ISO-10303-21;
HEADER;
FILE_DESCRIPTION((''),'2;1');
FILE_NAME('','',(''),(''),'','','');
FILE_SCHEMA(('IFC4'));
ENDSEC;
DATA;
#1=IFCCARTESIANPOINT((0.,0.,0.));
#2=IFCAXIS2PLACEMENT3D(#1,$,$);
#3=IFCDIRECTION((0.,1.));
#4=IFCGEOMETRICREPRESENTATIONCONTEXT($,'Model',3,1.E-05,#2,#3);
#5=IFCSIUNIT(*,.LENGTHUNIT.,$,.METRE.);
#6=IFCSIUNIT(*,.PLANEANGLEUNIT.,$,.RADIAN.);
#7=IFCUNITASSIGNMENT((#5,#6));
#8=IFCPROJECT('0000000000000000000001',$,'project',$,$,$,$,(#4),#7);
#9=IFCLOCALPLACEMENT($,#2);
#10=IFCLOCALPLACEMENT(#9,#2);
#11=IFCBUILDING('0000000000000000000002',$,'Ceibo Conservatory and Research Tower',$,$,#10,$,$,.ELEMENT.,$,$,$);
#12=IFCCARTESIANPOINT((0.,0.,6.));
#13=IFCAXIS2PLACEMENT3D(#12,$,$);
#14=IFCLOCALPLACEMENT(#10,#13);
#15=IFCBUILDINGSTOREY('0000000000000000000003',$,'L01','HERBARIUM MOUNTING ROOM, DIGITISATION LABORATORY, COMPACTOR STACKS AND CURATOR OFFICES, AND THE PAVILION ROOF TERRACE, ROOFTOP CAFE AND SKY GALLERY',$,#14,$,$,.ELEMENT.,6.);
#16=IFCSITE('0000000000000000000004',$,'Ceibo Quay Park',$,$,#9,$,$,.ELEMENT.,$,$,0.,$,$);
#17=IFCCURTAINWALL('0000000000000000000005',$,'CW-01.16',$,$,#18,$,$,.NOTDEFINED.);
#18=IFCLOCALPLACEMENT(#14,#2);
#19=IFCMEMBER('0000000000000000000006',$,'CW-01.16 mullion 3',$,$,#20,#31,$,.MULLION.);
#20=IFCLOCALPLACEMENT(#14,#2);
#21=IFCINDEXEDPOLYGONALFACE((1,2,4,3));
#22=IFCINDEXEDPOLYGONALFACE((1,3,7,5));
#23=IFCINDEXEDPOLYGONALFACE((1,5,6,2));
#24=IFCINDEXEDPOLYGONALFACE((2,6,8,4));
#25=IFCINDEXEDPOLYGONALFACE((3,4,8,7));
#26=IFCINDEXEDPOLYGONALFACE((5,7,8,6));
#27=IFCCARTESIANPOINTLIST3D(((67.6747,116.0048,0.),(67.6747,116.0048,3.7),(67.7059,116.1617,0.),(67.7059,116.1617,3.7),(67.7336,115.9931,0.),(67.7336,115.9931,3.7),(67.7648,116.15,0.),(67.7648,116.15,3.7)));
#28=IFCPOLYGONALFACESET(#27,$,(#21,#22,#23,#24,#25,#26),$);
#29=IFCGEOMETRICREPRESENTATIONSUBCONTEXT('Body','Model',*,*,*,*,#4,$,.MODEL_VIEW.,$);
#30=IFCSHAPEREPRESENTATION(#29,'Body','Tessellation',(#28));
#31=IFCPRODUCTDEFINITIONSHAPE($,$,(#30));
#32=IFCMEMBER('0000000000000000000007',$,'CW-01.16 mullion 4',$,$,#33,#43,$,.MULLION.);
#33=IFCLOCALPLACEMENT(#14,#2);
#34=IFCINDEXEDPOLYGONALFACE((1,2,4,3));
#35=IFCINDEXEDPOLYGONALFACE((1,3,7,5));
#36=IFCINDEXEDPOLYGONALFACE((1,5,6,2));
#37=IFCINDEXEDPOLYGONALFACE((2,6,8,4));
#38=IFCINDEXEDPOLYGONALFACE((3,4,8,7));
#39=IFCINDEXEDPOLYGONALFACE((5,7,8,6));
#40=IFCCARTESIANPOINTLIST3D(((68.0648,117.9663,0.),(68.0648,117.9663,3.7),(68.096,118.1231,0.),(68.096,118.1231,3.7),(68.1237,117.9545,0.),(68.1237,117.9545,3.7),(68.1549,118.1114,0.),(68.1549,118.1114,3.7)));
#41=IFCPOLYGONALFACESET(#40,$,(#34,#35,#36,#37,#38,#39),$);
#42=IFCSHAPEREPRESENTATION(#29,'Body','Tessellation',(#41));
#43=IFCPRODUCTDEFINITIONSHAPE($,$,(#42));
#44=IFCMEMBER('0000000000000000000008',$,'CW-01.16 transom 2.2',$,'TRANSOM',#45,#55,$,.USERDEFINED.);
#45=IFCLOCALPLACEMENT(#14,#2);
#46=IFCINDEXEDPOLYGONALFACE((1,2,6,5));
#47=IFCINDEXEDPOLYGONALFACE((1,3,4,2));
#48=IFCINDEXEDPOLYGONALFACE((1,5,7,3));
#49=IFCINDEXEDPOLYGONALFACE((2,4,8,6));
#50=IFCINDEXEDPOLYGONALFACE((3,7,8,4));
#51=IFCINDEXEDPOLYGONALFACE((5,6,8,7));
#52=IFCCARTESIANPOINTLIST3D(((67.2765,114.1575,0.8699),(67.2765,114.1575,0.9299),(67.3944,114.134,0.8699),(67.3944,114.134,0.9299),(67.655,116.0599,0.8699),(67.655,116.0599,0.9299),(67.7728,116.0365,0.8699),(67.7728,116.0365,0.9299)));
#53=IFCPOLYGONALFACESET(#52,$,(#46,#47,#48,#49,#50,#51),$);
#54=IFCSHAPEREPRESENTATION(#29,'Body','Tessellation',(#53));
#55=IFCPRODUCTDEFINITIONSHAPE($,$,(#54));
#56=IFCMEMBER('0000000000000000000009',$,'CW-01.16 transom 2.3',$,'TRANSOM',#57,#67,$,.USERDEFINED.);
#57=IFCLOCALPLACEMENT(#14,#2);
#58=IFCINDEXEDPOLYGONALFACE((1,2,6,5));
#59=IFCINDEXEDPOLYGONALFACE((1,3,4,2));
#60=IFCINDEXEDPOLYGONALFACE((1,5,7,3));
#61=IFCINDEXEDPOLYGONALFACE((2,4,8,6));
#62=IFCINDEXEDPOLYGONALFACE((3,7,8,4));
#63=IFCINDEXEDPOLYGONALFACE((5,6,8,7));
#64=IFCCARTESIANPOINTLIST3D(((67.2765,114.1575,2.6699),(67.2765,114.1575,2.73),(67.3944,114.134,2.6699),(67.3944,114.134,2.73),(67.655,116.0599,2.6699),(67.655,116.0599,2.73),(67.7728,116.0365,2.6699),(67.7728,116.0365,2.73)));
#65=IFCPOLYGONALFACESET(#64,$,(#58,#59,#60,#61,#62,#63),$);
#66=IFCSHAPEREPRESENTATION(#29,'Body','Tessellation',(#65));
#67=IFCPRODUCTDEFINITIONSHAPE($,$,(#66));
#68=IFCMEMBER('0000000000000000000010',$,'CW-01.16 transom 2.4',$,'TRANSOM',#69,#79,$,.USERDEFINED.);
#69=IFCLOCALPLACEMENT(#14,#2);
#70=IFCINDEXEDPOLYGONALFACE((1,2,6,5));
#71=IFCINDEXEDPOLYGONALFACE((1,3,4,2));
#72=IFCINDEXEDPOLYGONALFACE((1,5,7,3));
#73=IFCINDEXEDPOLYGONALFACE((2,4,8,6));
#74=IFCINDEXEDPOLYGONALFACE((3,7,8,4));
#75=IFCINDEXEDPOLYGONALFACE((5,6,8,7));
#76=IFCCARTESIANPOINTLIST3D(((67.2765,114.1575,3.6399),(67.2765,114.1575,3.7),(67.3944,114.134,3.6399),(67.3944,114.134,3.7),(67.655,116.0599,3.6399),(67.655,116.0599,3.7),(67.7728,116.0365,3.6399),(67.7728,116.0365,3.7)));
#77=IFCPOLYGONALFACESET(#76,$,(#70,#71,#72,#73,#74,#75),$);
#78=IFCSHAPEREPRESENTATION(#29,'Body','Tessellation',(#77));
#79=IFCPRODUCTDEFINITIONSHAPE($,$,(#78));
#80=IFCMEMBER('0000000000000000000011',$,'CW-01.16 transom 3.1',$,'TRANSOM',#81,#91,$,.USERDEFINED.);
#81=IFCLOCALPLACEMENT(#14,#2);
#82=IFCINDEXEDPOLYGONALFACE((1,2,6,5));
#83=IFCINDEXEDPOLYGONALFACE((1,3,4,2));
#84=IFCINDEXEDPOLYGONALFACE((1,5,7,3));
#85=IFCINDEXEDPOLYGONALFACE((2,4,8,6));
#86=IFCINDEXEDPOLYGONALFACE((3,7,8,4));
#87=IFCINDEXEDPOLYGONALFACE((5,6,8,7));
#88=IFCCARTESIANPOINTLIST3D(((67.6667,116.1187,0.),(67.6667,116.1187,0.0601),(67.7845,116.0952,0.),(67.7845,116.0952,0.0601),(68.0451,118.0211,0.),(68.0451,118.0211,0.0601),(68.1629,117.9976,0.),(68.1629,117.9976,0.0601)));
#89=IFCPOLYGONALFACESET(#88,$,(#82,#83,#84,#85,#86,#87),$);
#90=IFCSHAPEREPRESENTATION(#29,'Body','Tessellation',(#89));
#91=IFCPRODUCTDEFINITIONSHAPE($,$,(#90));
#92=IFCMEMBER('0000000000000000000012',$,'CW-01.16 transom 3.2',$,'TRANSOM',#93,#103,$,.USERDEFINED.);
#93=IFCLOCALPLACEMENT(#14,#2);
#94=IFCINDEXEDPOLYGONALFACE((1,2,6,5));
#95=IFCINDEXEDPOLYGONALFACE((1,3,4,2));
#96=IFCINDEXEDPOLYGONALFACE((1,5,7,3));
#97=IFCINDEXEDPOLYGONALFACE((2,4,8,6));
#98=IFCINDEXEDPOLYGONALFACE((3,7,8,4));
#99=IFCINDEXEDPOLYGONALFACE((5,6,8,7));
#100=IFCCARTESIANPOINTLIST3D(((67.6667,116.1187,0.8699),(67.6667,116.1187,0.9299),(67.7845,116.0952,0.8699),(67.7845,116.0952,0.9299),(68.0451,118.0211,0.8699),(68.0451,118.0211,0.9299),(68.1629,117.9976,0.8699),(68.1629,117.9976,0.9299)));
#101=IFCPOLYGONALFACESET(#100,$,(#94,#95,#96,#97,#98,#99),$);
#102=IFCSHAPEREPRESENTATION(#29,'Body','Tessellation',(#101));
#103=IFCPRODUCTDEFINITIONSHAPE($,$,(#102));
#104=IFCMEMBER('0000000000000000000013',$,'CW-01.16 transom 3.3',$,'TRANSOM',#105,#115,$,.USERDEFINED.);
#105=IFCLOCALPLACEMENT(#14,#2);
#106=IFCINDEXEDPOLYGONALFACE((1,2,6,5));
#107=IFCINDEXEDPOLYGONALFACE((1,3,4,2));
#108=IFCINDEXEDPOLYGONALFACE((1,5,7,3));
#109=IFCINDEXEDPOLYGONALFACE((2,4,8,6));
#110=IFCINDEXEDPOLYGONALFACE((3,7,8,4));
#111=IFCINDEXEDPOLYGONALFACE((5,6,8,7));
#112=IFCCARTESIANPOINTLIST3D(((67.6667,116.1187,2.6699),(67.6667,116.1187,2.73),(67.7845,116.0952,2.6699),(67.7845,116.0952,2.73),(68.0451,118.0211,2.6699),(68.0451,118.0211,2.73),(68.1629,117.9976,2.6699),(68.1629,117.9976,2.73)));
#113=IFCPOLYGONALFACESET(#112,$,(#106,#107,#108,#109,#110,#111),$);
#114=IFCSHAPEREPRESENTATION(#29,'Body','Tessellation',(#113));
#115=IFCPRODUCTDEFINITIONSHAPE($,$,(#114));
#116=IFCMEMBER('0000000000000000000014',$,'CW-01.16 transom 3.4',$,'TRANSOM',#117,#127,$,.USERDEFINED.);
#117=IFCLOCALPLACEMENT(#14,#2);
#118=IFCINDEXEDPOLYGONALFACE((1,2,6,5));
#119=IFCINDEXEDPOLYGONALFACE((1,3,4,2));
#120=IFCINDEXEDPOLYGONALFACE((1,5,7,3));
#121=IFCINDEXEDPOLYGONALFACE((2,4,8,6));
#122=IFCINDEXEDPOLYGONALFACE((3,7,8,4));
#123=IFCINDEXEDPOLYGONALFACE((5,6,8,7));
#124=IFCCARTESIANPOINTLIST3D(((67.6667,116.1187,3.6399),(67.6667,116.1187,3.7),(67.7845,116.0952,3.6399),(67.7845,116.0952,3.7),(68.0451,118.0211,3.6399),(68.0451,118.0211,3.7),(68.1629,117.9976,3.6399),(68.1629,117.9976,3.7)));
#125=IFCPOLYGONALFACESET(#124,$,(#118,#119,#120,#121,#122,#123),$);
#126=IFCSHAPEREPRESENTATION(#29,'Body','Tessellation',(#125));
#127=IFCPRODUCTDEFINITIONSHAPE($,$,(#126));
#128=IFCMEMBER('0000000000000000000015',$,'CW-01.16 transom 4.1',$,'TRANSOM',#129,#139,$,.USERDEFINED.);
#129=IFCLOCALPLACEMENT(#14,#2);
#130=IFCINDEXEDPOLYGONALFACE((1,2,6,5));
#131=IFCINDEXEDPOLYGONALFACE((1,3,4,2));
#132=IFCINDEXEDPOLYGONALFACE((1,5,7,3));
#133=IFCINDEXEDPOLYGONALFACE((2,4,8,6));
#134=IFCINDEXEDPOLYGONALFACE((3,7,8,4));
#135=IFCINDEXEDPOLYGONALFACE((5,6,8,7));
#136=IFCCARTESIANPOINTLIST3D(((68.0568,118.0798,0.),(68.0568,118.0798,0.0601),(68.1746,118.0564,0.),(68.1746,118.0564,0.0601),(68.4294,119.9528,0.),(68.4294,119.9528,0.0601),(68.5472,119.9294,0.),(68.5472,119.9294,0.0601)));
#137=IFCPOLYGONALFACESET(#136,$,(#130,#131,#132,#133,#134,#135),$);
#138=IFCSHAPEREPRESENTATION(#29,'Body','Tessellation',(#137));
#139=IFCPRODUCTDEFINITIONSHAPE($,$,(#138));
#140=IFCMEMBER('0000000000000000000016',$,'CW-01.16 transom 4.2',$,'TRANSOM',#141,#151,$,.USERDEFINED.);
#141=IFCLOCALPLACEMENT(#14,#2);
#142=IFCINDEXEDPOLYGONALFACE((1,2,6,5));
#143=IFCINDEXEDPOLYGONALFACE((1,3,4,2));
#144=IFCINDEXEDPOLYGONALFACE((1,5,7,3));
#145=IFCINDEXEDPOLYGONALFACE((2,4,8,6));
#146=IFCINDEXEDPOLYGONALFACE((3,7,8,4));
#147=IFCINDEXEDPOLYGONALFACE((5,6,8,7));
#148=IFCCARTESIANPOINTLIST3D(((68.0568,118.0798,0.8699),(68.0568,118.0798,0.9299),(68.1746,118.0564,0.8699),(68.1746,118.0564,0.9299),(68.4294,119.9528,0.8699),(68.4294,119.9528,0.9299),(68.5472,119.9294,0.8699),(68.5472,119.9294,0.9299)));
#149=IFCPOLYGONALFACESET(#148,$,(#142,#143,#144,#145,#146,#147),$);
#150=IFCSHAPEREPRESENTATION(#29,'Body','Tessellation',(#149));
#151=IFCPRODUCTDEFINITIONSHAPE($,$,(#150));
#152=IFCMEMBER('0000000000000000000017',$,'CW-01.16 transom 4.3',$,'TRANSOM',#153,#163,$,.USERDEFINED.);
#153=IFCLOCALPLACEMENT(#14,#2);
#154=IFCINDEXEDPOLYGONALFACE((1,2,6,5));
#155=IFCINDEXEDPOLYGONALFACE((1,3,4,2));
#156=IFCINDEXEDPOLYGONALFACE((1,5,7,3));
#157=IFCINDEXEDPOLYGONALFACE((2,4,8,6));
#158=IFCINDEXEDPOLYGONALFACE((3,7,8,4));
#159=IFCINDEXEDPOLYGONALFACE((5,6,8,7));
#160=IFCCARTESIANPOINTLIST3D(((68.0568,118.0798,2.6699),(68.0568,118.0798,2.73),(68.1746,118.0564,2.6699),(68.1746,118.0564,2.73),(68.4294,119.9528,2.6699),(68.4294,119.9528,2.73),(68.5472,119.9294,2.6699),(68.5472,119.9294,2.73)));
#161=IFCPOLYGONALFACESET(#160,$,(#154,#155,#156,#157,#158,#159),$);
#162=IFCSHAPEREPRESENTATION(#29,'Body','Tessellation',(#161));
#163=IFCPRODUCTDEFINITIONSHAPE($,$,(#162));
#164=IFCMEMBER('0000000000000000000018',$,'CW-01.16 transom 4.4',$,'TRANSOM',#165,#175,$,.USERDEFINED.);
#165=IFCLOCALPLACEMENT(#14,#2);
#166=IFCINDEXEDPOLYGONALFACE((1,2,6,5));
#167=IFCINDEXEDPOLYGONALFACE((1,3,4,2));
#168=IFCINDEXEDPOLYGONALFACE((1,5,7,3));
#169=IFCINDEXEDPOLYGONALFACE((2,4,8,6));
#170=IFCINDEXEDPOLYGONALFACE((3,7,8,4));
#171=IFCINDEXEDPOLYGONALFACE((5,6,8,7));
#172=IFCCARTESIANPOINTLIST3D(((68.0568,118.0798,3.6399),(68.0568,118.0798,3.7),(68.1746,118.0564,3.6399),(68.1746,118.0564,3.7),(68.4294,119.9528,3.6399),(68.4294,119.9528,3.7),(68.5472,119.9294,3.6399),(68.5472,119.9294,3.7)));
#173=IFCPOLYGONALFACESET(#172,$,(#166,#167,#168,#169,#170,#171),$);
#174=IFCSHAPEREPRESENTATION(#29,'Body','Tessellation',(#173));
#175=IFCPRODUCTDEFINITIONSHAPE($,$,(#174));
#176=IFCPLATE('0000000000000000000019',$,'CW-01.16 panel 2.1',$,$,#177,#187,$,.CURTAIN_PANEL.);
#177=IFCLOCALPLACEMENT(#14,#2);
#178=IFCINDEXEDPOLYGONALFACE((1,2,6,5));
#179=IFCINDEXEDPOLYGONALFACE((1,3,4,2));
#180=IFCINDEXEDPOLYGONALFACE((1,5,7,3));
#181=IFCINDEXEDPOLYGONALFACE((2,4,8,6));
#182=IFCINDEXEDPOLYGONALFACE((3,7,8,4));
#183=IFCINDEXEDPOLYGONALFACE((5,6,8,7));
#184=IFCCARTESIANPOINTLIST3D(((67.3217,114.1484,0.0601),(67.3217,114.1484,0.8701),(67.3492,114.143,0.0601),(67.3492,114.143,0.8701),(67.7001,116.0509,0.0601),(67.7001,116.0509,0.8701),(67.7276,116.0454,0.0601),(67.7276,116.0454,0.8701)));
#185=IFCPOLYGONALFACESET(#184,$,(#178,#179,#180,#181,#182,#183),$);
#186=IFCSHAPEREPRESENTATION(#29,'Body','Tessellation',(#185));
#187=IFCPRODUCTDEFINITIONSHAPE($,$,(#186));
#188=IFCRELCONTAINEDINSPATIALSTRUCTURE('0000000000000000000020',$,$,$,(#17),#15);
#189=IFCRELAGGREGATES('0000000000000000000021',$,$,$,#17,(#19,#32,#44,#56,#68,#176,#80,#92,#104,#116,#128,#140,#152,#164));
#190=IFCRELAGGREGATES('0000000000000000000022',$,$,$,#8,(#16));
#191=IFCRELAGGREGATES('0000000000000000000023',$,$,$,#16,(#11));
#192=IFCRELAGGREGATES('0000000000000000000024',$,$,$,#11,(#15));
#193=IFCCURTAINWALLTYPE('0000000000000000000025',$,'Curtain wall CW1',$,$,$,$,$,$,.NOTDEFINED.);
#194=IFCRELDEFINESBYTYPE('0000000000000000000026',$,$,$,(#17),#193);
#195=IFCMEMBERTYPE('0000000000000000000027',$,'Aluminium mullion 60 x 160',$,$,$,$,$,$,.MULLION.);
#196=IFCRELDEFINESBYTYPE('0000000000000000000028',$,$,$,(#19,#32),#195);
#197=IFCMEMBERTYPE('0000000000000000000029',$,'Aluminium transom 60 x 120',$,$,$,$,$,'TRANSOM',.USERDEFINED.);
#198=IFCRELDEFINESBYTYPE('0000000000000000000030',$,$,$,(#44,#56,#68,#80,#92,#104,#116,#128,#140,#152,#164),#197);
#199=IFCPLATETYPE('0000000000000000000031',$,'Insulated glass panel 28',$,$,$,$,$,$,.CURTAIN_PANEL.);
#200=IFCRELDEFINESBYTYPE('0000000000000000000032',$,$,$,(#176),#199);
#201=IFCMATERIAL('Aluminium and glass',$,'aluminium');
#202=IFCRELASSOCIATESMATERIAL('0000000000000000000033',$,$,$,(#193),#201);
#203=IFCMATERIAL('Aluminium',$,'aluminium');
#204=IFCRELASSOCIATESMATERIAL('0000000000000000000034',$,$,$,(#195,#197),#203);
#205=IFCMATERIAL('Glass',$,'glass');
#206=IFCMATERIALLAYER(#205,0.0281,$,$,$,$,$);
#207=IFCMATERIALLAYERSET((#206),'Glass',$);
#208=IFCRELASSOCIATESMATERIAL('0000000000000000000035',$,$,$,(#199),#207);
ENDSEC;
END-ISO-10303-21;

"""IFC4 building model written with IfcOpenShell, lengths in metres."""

from ifc_helpers import new_model, si_unit, direction, frame, origin, origin_2d, place, context, subcontext, project, spatial, rectangle, extrude, material, layer, layer_set, material_profile, profile_set, type_object, element, aggregate, save


model = new_model("IFC4")

# Units and contexts
model_context = context("Model", 3, precision=1e-05, world=origin(), true_north=direction((0.0, 1.0)))
body_context = subcontext(model_context, "Body", "Model", "MODEL_VIEW")
ifc_project = project(units=[si_unit("LENGTHUNIT", "METRE"), si_unit("PLANEANGLEUNIT", "RADIAN")], contexts=[model_context])

# Site, building, storey
site_placement = place(None, origin())
site = spatial("IfcSite", under=ifc_project, at=site_placement, Name="Ceibo Quay Park", CompositionType="ELEMENT", RefElevation=0.0)
building_placement = place(site_placement, origin())
building = spatial("IfcBuilding", under=site, at=building_placement, Name="Ceibo Conservatory and Research Tower", CompositionType="ELEMENT")
storey_placement = place(building_placement, frame((0.0, 0.0, 6.0)))
storey = spatial("IfcBuildingStorey", under=building, at=storey_placement, Name="L01", Description="HERBARIUM MOUNTING ROOM, DIGITISATION LABORATORY, COMPACTOR STACKS AND CURATOR OFFICES, AND THE PAVILION ROOF TERRACE, ROOFTOP CAFE AND SKY GALLERY", CompositionType="ELEMENT", Elevation=6.0)

# Curtain wall, members, plate
ifc_material_1 = material(Name="Aluminium and glass", Category="aluminium")
curtain_wall_type = type_object("IfcCurtainWallType", Name="Curtain wall CW1", PredefinedType="NOTDEFINED", material=ifc_material_1)
curtain_wall_placement = place(storey_placement, origin())
curtain_wall = element("IfcCurtainWall", 1, at=curtain_wall_placement, inside=storey, type_object=curtain_wall_type, Name="CW-01.16", PredefinedType="NOTDEFINED")
ifc_material_2 = material(Name="Aluminium", Category="aluminium")
ifc_material_profile_1 = material_profile(ifc_material_2, rectangle(XDim=0.0601, YDim=0.1599, at=origin_2d()), Name="Aluminium 60 x 160")
ifc_profile_set_1 = profile_set([ifc_material_profile_1], Name="Aluminium")
member_type_1 = type_object("IfcMemberType", Name="Aluminium mullion 60 x 160", PredefinedType="MULLION", material=ifc_profile_set_1)
member_1_placement = place(storey_placement, frame((67.7197, 116.0774, 0.0), z_axis=(0.0, 0.0, 1.0), x_axis=(-0.980785, 0.19509, 0.0)))
member_1 = element("IfcMember", 2, at=member_1_placement, type_object=member_type_1, Name="CW-01.16 mullion 3", PredefinedType="MULLION", context=body_context, shape_type="SweptSolid", body=[
    extrude(rectangle(XDim=0.0601, YDim=0.1599, at=origin_2d()), origin(), (0.0, 0.0, 1.0), 3.7),
])
member_2_placement = place(storey_placement, frame((68.1099, 118.0388, 0.0), z_axis=(0.0, 0.0, 1.0), x_axis=(-0.980785, 0.19509, 0.0)))
member_2 = element("IfcMember", 3, at=member_2_placement, type_object=member_type_1, Name="CW-01.16 mullion 4", PredefinedType="MULLION", context=body_context, shape_type="SweptSolid", body=[
    extrude(rectangle(XDim=0.0601, YDim=0.1599, at=origin_2d()), origin(), (0.0, 0.0, 1.0), 3.7),
])
ifc_material_profile_2 = material_profile(ifc_material_2, rectangle(XDim=0.1201, YDim=0.0601, at=origin_2d()), Name="Aluminium 60 x 120")
ifc_profile_set_2 = profile_set([ifc_material_profile_2], Name="Aluminium")
member_type_2 = type_object("IfcMemberType", Name="Aluminium transom 60 x 120", ElementType="TRANSOM", PredefinedType="USERDEFINED", material=ifc_profile_set_2)
member_3_placement = place(storey_placement, frame((67.3354, 114.1458, 0.8999), z_axis=(0.195099, 0.980783, 0.0), x_axis=(-0.980783, 0.195099, 0.0)))
member_3 = element("IfcMember", 4, at=member_3_placement, type_object=member_type_2, Name="CW-01.16 transom 2.2", ObjectType="TRANSOM", PredefinedType="USERDEFINED", context=body_context, shape_type="SweptSolid", body=[
    extrude(rectangle(XDim=0.1201, YDim=0.0601, at=origin_2d()), origin(), (0.0, 0.0, 1.0), 1.9397),
])
member_4_placement = place(storey_placement, frame((67.3354, 114.1458, 2.7), z_axis=(0.195099, 0.980783, 0.0), x_axis=(-0.980783, 0.195099, 0.0)))
member_4 = element("IfcMember", 5, at=member_4_placement, type_object=member_type_2, Name="CW-01.16 transom 2.3", ObjectType="TRANSOM", PredefinedType="USERDEFINED", context=body_context, shape_type="SweptSolid", body=[
    extrude(rectangle(XDim=0.1201, YDim=0.0601, at=origin_2d()), origin(), (0.0, 0.0, 1.0), 1.9397),
])
member_5_placement = place(storey_placement, frame((67.3354, 114.1458, 3.6699), z_axis=(0.195099, 0.980783, 0.0), x_axis=(-0.980783, 0.195099, 0.0)))
member_5 = element("IfcMember", 6, at=member_5_placement, type_object=member_type_2, Name="CW-01.16 transom 2.4", ObjectType="TRANSOM", PredefinedType="USERDEFINED", context=body_context, shape_type="SweptSolid", body=[
    extrude(rectangle(XDim=0.1201, YDim=0.0601, at=origin_2d()), origin(), (0.0, 0.0, 1.0), 1.9397),
])
member_6_placement = place(storey_placement, frame((67.7256, 116.1069, 0.03), z_axis=(0.195099, 0.980783, 0.0), x_axis=(-0.980783, 0.195099, 0.0)))
member_6 = element("IfcMember", 7, at=member_6_placement, type_object=member_type_2, Name="CW-01.16 transom 3.1", ObjectType="TRANSOM", PredefinedType="USERDEFINED", context=body_context, shape_type="SweptSolid", body=[
    extrude(rectangle(XDim=0.1201, YDim=0.0601, at=origin_2d()), origin(), (0.0, 0.0, 1.0), 1.9397),
])
member_7_placement = place(storey_placement, frame((67.7256, 116.1069, 0.8999), z_axis=(0.195099, 0.980783, 0.0), x_axis=(-0.980783, 0.195099, 0.0)))
member_7 = element("IfcMember", 8, at=member_7_placement, type_object=member_type_2, Name="CW-01.16 transom 3.2", ObjectType="TRANSOM", PredefinedType="USERDEFINED", context=body_context, shape_type="SweptSolid", body=[
    extrude(rectangle(XDim=0.1201, YDim=0.0601, at=origin_2d()), origin(), (0.0, 0.0, 1.0), 1.9397),
])
member_8_placement = place(storey_placement, frame((67.7256, 116.1069, 2.7), z_axis=(0.195099, 0.980783, 0.0), x_axis=(-0.980783, 0.195099, 0.0)))
member_8 = element("IfcMember", 9, at=member_8_placement, type_object=member_type_2, Name="CW-01.16 transom 3.3", ObjectType="TRANSOM", PredefinedType="USERDEFINED", context=body_context, shape_type="SweptSolid", body=[
    extrude(rectangle(XDim=0.1201, YDim=0.0601, at=origin_2d()), origin(), (0.0, 0.0, 1.0), 1.9397),
])
member_9_placement = place(storey_placement, frame((67.7256, 116.1069, 3.6699), z_axis=(0.195099, 0.980783, 0.0), x_axis=(-0.980783, 0.195099, 0.0)))
member_9 = element("IfcMember", 10, at=member_9_placement, type_object=member_type_2, Name="CW-01.16 transom 3.4", ObjectType="TRANSOM", PredefinedType="USERDEFINED", context=body_context, shape_type="SweptSolid", body=[
    extrude(rectangle(XDim=0.1201, YDim=0.0601, at=origin_2d()), origin(), (0.0, 0.0, 1.0), 1.9397),
])
member_10_placement = place(storey_placement, frame((68.1157, 118.0681, 0.03), z_axis=(0.195083, 0.980787, 0.0), x_axis=(-0.980787, 0.195083, 0.0)))
member_10 = element("IfcMember", 11, at=member_10_placement, type_object=member_type_2, Name="CW-01.16 transom 4.1", ObjectType="TRANSOM", PredefinedType="USERDEFINED", context=body_context, shape_type="SweptSolid", body=[
    extrude(rectangle(XDim=0.1201, YDim=0.0601, at=origin_2d()), origin(), (0.0, 0.0, 1.0), 1.9097),
])
member_11_placement = place(storey_placement, frame((68.1157, 118.0681, 0.8999), z_axis=(0.195083, 0.980787, 0.0), x_axis=(-0.980787, 0.195083, 0.0)))
member_11 = element("IfcMember", 12, at=member_11_placement, type_object=member_type_2, Name="CW-01.16 transom 4.2", ObjectType="TRANSOM", PredefinedType="USERDEFINED", context=body_context, shape_type="SweptSolid", body=[
    extrude(rectangle(XDim=0.1201, YDim=0.0601, at=origin_2d()), origin(), (0.0, 0.0, 1.0), 1.9097),
])
member_12_placement = place(storey_placement, frame((68.1157, 118.0681, 2.7), z_axis=(0.195083, 0.980787, 0.0), x_axis=(-0.980787, 0.195083, 0.0)))
member_12 = element("IfcMember", 13, at=member_12_placement, type_object=member_type_2, Name="CW-01.16 transom 4.3", ObjectType="TRANSOM", PredefinedType="USERDEFINED", context=body_context, shape_type="SweptSolid", body=[
    extrude(rectangle(XDim=0.1201, YDim=0.0601, at=origin_2d()), origin(), (0.0, 0.0, 1.0), 1.9097),
])
member_13_placement = place(storey_placement, frame((68.1157, 118.0681, 3.6699), z_axis=(0.195083, 0.980787, 0.0), x_axis=(-0.980787, 0.195083, 0.0)))
member_13 = element("IfcMember", 14, at=member_13_placement, type_object=member_type_2, Name="CW-01.16 transom 4.4", ObjectType="TRANSOM", PredefinedType="USERDEFINED", context=body_context, shape_type="SweptSolid", body=[
    extrude(rectangle(XDim=0.1201, YDim=0.0601, at=origin_2d()), origin(), (0.0, 0.0, 1.0), 1.9097),
])
ifc_material_3 = material(Name="Glass", Category="glass")
ifc_layer = layer(ifc_material_3, 0.0281)
ifc_layer_set = layer_set([ifc_layer], Name="Glass")
plate_type = type_object("IfcPlateType", Name="Insulated glass panel 28", PredefinedType="CURTAIN_PANEL", material=ifc_layer_set)
plate_1_placement = place(storey_placement, frame((67.5247, 115.0969, 0.0601), z_axis=(0.0, 0.0, 1.0), x_axis=(0.19509, 0.980785, 0.0)))
plate_1 = element("IfcPlate", 15, at=plate_1_placement, type_object=plate_type, Name="CW-01.16 panel 2.1", PredefinedType="CURTAIN_PANEL", context=body_context, shape_type="SweptSolid", body=[
    extrude(rectangle(XDim=1.9397, YDim=0.0281, at=origin_2d()), origin(), (0.0, 0.0, 1.0), 0.8101),
])
aggregate(curtain_wall, [member_1, member_2, member_3, member_4, member_5, plate_1, member_6, member_7, member_8, member_9, member_10, member_11, member_12, member_13])

save(model, "model.ifc")
